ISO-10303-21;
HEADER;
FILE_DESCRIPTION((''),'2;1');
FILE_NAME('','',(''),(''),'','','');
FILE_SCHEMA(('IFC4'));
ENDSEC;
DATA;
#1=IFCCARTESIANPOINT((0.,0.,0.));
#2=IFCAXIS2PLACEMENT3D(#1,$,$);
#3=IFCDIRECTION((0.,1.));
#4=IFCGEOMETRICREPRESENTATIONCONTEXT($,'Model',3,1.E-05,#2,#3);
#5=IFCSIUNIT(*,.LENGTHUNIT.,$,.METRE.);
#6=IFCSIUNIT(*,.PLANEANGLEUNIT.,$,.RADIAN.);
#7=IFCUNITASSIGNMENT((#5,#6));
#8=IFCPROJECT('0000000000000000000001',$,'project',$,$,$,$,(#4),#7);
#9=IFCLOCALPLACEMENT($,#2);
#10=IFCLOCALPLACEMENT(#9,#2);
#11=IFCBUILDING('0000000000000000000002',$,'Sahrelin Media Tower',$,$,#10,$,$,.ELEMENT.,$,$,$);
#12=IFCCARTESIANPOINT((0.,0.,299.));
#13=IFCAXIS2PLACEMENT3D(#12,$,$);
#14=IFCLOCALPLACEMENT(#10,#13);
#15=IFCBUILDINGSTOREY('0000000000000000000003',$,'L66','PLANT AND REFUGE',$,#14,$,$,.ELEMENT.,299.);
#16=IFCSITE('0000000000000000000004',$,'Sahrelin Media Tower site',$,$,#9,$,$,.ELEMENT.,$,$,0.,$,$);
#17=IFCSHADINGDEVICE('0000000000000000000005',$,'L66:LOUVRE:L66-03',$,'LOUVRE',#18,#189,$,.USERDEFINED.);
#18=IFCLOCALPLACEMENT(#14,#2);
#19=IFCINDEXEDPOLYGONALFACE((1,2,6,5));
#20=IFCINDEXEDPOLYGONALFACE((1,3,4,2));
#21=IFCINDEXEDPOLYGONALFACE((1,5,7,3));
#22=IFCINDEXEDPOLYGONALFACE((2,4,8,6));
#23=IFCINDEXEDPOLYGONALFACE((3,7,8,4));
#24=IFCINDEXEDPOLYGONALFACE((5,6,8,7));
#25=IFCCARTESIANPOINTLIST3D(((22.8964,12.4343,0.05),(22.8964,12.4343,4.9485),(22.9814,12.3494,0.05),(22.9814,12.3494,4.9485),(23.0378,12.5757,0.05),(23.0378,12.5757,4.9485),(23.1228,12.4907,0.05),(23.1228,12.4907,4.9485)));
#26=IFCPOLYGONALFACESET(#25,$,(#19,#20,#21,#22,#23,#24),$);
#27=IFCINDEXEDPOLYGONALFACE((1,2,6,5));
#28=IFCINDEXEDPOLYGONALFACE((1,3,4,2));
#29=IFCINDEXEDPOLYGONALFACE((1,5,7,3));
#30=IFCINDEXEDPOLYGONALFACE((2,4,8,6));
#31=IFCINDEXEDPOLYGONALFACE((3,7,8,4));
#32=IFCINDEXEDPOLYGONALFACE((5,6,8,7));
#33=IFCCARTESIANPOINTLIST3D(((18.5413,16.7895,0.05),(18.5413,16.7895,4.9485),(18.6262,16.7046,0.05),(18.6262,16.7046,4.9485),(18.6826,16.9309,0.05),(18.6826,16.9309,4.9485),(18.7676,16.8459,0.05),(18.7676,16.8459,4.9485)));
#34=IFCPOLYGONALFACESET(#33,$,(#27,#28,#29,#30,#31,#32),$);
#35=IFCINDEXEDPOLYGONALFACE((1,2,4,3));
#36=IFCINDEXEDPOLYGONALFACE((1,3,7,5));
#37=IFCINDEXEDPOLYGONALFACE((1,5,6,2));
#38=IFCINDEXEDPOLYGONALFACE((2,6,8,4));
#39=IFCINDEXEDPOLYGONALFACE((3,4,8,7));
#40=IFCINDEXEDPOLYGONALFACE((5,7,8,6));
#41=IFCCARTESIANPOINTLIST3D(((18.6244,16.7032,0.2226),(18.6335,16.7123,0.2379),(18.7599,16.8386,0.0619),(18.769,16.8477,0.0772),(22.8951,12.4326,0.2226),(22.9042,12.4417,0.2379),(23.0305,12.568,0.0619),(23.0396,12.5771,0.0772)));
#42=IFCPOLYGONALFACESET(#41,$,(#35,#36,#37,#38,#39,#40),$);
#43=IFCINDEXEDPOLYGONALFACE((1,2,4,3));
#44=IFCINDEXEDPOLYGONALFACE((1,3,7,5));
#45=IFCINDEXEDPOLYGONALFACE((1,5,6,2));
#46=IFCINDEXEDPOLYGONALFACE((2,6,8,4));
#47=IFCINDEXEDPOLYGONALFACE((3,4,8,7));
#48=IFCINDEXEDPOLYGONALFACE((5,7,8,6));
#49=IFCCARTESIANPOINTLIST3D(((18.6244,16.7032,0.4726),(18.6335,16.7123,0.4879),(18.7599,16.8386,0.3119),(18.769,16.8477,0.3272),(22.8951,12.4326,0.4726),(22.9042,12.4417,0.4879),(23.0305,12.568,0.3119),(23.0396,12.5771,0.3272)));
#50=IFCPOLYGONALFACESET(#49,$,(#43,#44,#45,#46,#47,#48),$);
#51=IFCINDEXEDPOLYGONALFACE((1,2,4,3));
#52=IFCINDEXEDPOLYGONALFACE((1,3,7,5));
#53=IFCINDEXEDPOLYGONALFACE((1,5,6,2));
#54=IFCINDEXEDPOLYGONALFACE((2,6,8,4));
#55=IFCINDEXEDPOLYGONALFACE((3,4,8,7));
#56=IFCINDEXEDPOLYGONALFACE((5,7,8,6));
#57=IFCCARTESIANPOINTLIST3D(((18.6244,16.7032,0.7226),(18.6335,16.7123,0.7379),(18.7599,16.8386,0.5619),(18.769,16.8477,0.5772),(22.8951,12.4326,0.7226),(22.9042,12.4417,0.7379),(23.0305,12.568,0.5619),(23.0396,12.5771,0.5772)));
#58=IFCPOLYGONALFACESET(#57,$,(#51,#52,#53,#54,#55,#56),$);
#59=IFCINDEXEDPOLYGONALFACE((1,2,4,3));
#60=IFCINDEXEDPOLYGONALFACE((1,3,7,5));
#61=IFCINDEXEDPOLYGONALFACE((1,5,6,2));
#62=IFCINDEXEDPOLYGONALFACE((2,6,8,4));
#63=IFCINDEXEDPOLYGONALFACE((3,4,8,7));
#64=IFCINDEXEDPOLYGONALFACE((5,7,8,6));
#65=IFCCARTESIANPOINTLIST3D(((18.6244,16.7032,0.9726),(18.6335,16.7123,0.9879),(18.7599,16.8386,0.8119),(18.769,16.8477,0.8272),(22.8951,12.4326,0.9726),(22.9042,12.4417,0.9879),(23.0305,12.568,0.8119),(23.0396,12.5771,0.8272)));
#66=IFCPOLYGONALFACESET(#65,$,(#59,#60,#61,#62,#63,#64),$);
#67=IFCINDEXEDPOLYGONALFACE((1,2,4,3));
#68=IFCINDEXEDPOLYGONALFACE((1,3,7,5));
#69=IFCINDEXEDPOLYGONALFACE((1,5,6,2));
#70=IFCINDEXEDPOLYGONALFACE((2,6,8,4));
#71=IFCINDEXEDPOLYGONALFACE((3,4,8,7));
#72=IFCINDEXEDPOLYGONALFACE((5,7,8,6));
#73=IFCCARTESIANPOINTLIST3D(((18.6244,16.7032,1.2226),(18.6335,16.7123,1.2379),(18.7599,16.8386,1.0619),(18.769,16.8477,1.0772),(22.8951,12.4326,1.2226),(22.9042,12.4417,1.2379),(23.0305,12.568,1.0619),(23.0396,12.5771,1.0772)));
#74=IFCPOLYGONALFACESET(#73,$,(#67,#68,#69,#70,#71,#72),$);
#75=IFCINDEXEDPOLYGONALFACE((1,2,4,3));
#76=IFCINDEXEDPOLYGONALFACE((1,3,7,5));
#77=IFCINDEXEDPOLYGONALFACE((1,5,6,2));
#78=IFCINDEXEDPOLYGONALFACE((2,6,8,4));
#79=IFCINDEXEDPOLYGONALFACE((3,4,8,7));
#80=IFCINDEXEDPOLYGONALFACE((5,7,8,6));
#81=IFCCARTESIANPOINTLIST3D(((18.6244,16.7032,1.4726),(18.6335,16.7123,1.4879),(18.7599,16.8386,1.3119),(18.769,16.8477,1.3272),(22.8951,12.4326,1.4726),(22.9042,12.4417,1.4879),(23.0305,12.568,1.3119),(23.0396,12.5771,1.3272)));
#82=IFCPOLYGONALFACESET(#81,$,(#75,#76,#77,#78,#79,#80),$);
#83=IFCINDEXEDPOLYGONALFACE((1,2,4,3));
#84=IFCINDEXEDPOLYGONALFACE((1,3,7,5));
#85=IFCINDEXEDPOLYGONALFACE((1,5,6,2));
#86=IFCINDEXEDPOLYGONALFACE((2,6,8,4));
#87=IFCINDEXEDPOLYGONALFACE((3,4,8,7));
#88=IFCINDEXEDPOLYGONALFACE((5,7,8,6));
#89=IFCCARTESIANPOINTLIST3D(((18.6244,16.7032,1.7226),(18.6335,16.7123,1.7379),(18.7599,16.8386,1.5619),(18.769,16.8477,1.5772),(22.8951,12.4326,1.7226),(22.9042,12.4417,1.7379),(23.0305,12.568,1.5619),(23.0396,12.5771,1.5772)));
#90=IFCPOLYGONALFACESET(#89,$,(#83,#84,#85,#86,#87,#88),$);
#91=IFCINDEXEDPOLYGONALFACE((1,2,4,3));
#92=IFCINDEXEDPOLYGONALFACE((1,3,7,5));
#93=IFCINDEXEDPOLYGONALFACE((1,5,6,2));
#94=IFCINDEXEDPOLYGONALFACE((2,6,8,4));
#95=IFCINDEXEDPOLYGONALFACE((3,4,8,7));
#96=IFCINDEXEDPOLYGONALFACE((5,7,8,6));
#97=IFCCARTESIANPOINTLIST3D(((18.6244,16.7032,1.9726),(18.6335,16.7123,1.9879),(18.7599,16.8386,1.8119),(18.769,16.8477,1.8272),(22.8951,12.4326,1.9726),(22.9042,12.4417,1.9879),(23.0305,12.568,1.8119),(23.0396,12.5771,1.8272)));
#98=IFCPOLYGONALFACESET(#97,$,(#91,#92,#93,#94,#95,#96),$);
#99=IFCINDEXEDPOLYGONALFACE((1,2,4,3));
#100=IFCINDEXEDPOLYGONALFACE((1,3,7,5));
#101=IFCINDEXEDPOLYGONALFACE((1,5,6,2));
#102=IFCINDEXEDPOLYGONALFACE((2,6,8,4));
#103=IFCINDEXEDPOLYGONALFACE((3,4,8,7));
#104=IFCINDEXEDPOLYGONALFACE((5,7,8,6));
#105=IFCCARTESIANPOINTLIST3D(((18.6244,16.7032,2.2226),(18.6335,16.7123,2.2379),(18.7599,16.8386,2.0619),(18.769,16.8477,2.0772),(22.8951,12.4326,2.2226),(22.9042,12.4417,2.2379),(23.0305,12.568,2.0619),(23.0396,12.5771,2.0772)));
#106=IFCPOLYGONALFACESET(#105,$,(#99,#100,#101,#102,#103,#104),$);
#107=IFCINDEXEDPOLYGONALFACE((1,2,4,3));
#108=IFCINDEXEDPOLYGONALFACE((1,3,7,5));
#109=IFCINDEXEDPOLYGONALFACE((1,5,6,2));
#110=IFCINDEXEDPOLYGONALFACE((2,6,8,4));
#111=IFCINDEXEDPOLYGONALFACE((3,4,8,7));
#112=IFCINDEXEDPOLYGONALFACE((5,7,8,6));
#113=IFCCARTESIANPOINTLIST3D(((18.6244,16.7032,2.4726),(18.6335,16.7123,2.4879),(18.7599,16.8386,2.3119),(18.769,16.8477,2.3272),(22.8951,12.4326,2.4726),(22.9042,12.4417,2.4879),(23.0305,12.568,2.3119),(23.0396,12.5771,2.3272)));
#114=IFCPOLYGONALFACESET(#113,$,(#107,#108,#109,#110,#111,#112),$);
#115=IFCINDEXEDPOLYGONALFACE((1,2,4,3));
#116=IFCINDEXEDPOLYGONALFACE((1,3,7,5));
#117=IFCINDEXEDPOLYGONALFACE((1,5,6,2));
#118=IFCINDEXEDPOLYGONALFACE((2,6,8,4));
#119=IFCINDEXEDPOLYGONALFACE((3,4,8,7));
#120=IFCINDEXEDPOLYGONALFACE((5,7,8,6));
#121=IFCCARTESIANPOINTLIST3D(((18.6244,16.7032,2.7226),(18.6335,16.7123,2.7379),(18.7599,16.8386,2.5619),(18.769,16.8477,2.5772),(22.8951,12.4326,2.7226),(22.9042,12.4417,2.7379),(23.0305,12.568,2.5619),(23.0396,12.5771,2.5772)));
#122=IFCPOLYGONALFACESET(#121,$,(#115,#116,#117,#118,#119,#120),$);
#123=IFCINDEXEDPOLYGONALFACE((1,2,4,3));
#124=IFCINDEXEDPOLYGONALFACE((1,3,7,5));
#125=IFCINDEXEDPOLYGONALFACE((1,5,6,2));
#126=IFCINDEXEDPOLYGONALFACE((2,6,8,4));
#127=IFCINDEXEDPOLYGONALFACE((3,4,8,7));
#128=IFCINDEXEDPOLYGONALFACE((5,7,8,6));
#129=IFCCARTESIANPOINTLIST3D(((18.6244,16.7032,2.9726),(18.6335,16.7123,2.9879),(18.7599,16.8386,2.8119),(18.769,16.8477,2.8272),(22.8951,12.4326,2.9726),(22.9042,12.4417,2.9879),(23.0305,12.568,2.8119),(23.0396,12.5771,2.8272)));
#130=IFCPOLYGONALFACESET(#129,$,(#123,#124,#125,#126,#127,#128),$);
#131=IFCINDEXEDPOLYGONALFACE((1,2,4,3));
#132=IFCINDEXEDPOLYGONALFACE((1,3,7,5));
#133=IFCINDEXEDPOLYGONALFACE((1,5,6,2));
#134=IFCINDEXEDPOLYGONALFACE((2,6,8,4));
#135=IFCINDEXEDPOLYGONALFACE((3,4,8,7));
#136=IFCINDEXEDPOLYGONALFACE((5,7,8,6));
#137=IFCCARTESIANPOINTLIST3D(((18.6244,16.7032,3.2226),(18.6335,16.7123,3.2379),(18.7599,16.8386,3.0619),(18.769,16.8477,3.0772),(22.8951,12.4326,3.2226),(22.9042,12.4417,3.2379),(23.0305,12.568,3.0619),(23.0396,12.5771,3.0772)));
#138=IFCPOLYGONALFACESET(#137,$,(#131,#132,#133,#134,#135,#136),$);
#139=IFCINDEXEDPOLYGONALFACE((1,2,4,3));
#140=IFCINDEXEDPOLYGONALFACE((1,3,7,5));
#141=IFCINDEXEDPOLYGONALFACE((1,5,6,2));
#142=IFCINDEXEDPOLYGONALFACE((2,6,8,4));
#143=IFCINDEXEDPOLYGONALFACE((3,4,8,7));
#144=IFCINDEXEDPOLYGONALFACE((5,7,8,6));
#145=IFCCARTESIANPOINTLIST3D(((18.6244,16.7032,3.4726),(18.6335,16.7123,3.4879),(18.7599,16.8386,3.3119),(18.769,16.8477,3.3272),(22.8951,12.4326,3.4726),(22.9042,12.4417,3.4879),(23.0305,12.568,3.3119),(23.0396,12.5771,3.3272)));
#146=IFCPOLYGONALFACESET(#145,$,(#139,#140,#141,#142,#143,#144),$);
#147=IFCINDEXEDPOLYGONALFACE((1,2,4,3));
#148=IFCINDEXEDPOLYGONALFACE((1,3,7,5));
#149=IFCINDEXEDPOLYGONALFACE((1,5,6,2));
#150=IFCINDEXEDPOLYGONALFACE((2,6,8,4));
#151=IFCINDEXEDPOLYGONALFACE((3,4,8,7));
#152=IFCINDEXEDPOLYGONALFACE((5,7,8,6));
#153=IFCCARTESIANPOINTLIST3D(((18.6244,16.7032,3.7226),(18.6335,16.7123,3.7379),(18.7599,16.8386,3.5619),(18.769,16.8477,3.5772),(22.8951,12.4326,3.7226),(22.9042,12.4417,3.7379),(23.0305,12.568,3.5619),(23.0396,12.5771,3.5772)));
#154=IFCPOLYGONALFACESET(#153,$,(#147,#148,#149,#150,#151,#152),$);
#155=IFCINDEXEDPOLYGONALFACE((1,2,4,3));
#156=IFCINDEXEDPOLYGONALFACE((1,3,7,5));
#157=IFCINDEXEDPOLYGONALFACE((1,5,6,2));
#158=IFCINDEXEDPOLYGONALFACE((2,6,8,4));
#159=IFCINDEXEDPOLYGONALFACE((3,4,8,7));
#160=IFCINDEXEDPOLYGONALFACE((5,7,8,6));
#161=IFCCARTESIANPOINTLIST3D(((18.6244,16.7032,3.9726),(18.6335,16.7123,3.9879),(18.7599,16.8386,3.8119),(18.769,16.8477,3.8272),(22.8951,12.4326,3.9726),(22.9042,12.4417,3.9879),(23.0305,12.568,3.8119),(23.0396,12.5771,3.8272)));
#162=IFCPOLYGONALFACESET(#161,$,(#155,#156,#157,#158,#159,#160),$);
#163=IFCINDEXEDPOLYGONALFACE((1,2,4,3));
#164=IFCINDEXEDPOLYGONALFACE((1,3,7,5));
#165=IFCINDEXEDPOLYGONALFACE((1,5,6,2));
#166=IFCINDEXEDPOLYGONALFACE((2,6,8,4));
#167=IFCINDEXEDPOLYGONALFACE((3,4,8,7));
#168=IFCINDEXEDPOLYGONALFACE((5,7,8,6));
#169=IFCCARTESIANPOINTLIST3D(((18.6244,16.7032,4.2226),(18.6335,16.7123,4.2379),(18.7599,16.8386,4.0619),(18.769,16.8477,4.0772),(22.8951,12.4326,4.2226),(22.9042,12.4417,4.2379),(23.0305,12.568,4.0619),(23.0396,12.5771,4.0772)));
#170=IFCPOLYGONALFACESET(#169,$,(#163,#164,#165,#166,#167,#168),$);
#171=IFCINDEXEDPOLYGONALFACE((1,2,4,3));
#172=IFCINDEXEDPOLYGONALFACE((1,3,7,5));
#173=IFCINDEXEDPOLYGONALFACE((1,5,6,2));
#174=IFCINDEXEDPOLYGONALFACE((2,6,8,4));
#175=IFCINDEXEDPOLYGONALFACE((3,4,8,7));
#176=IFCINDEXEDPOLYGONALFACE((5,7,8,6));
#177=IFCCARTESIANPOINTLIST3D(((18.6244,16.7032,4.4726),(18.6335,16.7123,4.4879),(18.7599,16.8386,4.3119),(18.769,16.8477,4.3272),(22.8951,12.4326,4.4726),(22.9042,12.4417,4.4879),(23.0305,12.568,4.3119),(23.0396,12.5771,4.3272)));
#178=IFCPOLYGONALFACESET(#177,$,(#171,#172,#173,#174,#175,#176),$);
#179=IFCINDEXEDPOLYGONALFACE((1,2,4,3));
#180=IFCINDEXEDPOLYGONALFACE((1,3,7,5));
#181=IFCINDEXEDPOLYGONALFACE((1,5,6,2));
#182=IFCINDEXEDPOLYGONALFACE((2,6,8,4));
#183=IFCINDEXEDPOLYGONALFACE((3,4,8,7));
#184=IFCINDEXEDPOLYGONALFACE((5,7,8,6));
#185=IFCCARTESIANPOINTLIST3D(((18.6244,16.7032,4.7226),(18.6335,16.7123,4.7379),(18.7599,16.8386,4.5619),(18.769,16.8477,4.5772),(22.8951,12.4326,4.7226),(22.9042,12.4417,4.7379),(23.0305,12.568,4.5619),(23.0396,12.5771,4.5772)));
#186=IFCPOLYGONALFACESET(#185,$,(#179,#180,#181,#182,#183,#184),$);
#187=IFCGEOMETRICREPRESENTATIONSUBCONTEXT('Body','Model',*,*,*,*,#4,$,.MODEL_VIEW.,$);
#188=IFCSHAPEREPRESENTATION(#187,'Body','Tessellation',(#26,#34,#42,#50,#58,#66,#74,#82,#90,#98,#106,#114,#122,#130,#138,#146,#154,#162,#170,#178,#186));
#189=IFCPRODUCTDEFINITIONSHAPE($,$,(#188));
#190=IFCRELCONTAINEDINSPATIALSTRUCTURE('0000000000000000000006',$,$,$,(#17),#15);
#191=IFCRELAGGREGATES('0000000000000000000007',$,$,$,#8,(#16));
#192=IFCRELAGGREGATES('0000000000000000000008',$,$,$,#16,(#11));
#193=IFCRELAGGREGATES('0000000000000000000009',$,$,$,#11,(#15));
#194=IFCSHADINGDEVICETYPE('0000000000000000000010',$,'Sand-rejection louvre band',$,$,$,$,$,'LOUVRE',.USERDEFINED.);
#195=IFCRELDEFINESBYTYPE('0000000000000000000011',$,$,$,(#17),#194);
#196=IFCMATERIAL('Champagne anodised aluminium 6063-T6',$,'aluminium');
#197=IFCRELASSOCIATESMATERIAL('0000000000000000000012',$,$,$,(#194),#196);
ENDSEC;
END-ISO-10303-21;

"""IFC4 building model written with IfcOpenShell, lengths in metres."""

from ifc_helpers import new_model, si_unit, direction, frame, origin, origin_2d, place, context, subcontext, project, spatial, rectangle, extrude, material, type_object, element, save


model = new_model("IFC4")

# Units and contexts
model_context = context("Model", 3, precision=1e-05, world=origin(), true_north=direction((0.0, 1.0)))
body_context = subcontext(model_context, "Body", "Model", "MODEL_VIEW")
ifc_project = project(units=[si_unit("LENGTHUNIT", "METRE"), si_unit("PLANEANGLEUNIT", "RADIAN")], contexts=[model_context])

# Site, building, storey
site_placement = place(None, origin())
site = spatial("IfcSite", under=ifc_project, at=site_placement, Name="Sahrelin Media Tower site", CompositionType="ELEMENT", RefElevation=0.0)
building_placement = place(site_placement, origin())
building = spatial("IfcBuilding", under=site, at=building_placement, Name="Sahrelin Media Tower", CompositionType="ELEMENT")
storey_placement = place(building_placement, frame((0.0, 0.0, 299.0)))
storey = spatial("IfcBuildingStorey", under=building, at=storey_placement, Name="L66", Description="PLANT AND REFUGE", CompositionType="ELEMENT", Elevation=299.0)

# Shading device
ifc_material_1 = material(Name="Champagne anodised aluminium 6063-T6", Category="aluminium")
shading_device_type = type_object("IfcShadingDeviceType", Name="Sand-rejection louvre band", ElementType="LOUVRE", PredefinedType="USERDEFINED", material=ifc_material_1)
shading_device_1_placement = place(storey_placement, frame((20.7612, 14.5693, 0.0), z_axis=(0.0, 0.0, 1.0), x_axis=(0.707107, -0.707107, 0.0)))
element("IfcShadingDevice", 1, at=shading_device_1_placement, inside=storey, type_object=shading_device_type, Name="L66:LOUVRE:L66-03", ObjectType="LOUVRE", PredefinedType="USERDEFINED", context=body_context, shape_type="SweptSolid", body=[
    extrude(rectangle(XDim=0.1201, YDim=0.2, at=origin_2d()), frame((3.0796, 0.1001, 0.05), z_axis=(0.0, 0.0, 1.0), x_axis=(1.0, 0.0, 0.0)), (0.0, 0.0, 1.0), 4.8984),
    extrude(rectangle(XDim=0.1201, YDim=0.2, at=origin_2d()), frame((-3.0796, 0.1001, 0.05), z_axis=(0.0, 0.0, 1.0), x_axis=(1.0, 0.0, 0.0)), (0.0, 0.0, 1.0), 4.8984),
    extrude(rectangle(XDim=0.25, YDim=0.02, at=origin_2d()), frame((3.0198, 0.1001, 0.1499), z_axis=(-1.0, 0.0, 0.0), x_axis=(0.0, -0.766044, 0.642788)), (0.0, 0.0, 1.0), 6.0396),
    extrude(rectangle(XDim=0.25, YDim=0.02, at=origin_2d()), frame((3.0198, 0.1001, 0.3999), z_axis=(-1.0, 0.0, 0.0), x_axis=(0.0, -0.766044, 0.642788)), (0.0, 0.0, 1.0), 6.0396),
    extrude(rectangle(XDim=0.25, YDim=0.02, at=origin_2d()), frame((3.0198, 0.1001, 0.6499), z_axis=(-1.0, 0.0, 0.0), x_axis=(0.0, -0.766044, 0.642788)), (0.0, 0.0, 1.0), 6.0396),
    extrude(rectangle(XDim=0.25, YDim=0.02, at=origin_2d()), frame((3.0198, 0.1001, 0.8999), z_axis=(-1.0, 0.0, 0.0), x_axis=(0.0, -0.766044, 0.642788)), (0.0, 0.0, 1.0), 6.0396),
    extrude(rectangle(XDim=0.25, YDim=0.02, at=origin_2d()), frame((3.0198, 0.1001, 1.1499), z_axis=(-1.0, 0.0, 0.0), x_axis=(0.0, -0.766044, 0.642788)), (0.0, 0.0, 1.0), 6.0396),
    extrude(rectangle(XDim=0.25, YDim=0.02, at=origin_2d()), frame((3.0198, 0.1001, 1.3999), z_axis=(-1.0, 0.0, 0.0), x_axis=(0.0, -0.766044, 0.642788)), (0.0, 0.0, 1.0), 6.0396),
    extrude(rectangle(XDim=0.25, YDim=0.02, at=origin_2d()), frame((3.0198, 0.1001, 1.6499), z_axis=(-1.0, 0.0, 0.0), x_axis=(0.0, -0.766044, 0.642788)), (0.0, 0.0, 1.0), 6.0396),
    extrude(rectangle(XDim=0.25, YDim=0.02, at=origin_2d()), frame((3.0198, 0.1001, 1.8999), z_axis=(-1.0, 0.0, 0.0), x_axis=(0.0, -0.766044, 0.642788)), (0.0, 0.0, 1.0), 6.0396),
    extrude(rectangle(XDim=0.25, YDim=0.02, at=origin_2d()), frame((3.0198, 0.1001, 2.1499), z_axis=(-1.0, 0.0, 0.0), x_axis=(0.0, -0.766044, 0.642788)), (0.0, 0.0, 1.0), 6.0396),
    extrude(rectangle(XDim=0.25, YDim=0.02, at=origin_2d()), frame((3.0198, 0.1001, 2.3999), z_axis=(-1.0, 0.0, 0.0), x_axis=(0.0, -0.766044, 0.642788)), (0.0, 0.0, 1.0), 6.0396),
    extrude(rectangle(XDim=0.25, YDim=0.02, at=origin_2d()), frame((3.0198, 0.1001, 2.6499), z_axis=(-1.0, 0.0, 0.0), x_axis=(0.0, -0.766044, 0.642788)), (0.0, 0.0, 1.0), 6.0396),
    extrude(rectangle(XDim=0.25, YDim=0.02, at=origin_2d()), frame((3.0198, 0.1001, 2.8999), z_axis=(-1.0, 0.0, 0.0), x_axis=(0.0, -0.766044, 0.642788)), (0.0, 0.0, 1.0), 6.0396),
    extrude(rectangle(XDim=0.25, YDim=0.02, at=origin_2d()), frame((3.0198, 0.1001, 3.1499), z_axis=(-1.0, 0.0, 0.0), x_axis=(0.0, -0.766044, 0.642788)), (0.0, 0.0, 1.0), 6.0396),
    extrude(rectangle(XDim=0.25, YDim=0.02, at=origin_2d()), frame((3.0198, 0.1001, 3.3999), z_axis=(-1.0, 0.0, 0.0), x_axis=(0.0, -0.766044, 0.642788)), (0.0, 0.0, 1.0), 6.0396),
    extrude(rectangle(XDim=0.25, YDim=0.02, at=origin_2d()), frame((3.0198, 0.1001, 3.6499), z_axis=(-1.0, 0.0, 0.0), x_axis=(0.0, -0.766044, 0.642788)), (0.0, 0.0, 1.0), 6.0396),
    extrude(rectangle(XDim=0.25, YDim=0.02, at=origin_2d()), frame((3.0198, 0.1001, 3.8999), z_axis=(-1.0, 0.0, 0.0), x_axis=(0.0, -0.766044, 0.642788)), (0.0, 0.0, 1.0), 6.0396),
    extrude(rectangle(XDim=0.25, YDim=0.02, at=origin_2d()), frame((3.0198, 0.1001, 4.1499), z_axis=(-1.0, 0.0, 0.0), x_axis=(0.0, -0.766044, 0.642788)), (0.0, 0.0, 1.0), 6.0396),
    extrude(rectangle(XDim=0.25, YDim=0.02, at=origin_2d()), frame((3.0198, 0.1001, 4.3999), z_axis=(-1.0, 0.0, 0.0), x_axis=(0.0, -0.766044, 0.642788)), (0.0, 0.0, 1.0), 6.0396),
    extrude(rectangle(XDim=0.25, YDim=0.02, at=origin_2d()), frame((3.0198, 0.1001, 4.6499), z_axis=(-1.0, 0.0, 0.0), x_axis=(0.0, -0.766044, 0.642788)), (0.0, 0.0, 1.0), 6.0396),
])

save(model, "model.ifc")
